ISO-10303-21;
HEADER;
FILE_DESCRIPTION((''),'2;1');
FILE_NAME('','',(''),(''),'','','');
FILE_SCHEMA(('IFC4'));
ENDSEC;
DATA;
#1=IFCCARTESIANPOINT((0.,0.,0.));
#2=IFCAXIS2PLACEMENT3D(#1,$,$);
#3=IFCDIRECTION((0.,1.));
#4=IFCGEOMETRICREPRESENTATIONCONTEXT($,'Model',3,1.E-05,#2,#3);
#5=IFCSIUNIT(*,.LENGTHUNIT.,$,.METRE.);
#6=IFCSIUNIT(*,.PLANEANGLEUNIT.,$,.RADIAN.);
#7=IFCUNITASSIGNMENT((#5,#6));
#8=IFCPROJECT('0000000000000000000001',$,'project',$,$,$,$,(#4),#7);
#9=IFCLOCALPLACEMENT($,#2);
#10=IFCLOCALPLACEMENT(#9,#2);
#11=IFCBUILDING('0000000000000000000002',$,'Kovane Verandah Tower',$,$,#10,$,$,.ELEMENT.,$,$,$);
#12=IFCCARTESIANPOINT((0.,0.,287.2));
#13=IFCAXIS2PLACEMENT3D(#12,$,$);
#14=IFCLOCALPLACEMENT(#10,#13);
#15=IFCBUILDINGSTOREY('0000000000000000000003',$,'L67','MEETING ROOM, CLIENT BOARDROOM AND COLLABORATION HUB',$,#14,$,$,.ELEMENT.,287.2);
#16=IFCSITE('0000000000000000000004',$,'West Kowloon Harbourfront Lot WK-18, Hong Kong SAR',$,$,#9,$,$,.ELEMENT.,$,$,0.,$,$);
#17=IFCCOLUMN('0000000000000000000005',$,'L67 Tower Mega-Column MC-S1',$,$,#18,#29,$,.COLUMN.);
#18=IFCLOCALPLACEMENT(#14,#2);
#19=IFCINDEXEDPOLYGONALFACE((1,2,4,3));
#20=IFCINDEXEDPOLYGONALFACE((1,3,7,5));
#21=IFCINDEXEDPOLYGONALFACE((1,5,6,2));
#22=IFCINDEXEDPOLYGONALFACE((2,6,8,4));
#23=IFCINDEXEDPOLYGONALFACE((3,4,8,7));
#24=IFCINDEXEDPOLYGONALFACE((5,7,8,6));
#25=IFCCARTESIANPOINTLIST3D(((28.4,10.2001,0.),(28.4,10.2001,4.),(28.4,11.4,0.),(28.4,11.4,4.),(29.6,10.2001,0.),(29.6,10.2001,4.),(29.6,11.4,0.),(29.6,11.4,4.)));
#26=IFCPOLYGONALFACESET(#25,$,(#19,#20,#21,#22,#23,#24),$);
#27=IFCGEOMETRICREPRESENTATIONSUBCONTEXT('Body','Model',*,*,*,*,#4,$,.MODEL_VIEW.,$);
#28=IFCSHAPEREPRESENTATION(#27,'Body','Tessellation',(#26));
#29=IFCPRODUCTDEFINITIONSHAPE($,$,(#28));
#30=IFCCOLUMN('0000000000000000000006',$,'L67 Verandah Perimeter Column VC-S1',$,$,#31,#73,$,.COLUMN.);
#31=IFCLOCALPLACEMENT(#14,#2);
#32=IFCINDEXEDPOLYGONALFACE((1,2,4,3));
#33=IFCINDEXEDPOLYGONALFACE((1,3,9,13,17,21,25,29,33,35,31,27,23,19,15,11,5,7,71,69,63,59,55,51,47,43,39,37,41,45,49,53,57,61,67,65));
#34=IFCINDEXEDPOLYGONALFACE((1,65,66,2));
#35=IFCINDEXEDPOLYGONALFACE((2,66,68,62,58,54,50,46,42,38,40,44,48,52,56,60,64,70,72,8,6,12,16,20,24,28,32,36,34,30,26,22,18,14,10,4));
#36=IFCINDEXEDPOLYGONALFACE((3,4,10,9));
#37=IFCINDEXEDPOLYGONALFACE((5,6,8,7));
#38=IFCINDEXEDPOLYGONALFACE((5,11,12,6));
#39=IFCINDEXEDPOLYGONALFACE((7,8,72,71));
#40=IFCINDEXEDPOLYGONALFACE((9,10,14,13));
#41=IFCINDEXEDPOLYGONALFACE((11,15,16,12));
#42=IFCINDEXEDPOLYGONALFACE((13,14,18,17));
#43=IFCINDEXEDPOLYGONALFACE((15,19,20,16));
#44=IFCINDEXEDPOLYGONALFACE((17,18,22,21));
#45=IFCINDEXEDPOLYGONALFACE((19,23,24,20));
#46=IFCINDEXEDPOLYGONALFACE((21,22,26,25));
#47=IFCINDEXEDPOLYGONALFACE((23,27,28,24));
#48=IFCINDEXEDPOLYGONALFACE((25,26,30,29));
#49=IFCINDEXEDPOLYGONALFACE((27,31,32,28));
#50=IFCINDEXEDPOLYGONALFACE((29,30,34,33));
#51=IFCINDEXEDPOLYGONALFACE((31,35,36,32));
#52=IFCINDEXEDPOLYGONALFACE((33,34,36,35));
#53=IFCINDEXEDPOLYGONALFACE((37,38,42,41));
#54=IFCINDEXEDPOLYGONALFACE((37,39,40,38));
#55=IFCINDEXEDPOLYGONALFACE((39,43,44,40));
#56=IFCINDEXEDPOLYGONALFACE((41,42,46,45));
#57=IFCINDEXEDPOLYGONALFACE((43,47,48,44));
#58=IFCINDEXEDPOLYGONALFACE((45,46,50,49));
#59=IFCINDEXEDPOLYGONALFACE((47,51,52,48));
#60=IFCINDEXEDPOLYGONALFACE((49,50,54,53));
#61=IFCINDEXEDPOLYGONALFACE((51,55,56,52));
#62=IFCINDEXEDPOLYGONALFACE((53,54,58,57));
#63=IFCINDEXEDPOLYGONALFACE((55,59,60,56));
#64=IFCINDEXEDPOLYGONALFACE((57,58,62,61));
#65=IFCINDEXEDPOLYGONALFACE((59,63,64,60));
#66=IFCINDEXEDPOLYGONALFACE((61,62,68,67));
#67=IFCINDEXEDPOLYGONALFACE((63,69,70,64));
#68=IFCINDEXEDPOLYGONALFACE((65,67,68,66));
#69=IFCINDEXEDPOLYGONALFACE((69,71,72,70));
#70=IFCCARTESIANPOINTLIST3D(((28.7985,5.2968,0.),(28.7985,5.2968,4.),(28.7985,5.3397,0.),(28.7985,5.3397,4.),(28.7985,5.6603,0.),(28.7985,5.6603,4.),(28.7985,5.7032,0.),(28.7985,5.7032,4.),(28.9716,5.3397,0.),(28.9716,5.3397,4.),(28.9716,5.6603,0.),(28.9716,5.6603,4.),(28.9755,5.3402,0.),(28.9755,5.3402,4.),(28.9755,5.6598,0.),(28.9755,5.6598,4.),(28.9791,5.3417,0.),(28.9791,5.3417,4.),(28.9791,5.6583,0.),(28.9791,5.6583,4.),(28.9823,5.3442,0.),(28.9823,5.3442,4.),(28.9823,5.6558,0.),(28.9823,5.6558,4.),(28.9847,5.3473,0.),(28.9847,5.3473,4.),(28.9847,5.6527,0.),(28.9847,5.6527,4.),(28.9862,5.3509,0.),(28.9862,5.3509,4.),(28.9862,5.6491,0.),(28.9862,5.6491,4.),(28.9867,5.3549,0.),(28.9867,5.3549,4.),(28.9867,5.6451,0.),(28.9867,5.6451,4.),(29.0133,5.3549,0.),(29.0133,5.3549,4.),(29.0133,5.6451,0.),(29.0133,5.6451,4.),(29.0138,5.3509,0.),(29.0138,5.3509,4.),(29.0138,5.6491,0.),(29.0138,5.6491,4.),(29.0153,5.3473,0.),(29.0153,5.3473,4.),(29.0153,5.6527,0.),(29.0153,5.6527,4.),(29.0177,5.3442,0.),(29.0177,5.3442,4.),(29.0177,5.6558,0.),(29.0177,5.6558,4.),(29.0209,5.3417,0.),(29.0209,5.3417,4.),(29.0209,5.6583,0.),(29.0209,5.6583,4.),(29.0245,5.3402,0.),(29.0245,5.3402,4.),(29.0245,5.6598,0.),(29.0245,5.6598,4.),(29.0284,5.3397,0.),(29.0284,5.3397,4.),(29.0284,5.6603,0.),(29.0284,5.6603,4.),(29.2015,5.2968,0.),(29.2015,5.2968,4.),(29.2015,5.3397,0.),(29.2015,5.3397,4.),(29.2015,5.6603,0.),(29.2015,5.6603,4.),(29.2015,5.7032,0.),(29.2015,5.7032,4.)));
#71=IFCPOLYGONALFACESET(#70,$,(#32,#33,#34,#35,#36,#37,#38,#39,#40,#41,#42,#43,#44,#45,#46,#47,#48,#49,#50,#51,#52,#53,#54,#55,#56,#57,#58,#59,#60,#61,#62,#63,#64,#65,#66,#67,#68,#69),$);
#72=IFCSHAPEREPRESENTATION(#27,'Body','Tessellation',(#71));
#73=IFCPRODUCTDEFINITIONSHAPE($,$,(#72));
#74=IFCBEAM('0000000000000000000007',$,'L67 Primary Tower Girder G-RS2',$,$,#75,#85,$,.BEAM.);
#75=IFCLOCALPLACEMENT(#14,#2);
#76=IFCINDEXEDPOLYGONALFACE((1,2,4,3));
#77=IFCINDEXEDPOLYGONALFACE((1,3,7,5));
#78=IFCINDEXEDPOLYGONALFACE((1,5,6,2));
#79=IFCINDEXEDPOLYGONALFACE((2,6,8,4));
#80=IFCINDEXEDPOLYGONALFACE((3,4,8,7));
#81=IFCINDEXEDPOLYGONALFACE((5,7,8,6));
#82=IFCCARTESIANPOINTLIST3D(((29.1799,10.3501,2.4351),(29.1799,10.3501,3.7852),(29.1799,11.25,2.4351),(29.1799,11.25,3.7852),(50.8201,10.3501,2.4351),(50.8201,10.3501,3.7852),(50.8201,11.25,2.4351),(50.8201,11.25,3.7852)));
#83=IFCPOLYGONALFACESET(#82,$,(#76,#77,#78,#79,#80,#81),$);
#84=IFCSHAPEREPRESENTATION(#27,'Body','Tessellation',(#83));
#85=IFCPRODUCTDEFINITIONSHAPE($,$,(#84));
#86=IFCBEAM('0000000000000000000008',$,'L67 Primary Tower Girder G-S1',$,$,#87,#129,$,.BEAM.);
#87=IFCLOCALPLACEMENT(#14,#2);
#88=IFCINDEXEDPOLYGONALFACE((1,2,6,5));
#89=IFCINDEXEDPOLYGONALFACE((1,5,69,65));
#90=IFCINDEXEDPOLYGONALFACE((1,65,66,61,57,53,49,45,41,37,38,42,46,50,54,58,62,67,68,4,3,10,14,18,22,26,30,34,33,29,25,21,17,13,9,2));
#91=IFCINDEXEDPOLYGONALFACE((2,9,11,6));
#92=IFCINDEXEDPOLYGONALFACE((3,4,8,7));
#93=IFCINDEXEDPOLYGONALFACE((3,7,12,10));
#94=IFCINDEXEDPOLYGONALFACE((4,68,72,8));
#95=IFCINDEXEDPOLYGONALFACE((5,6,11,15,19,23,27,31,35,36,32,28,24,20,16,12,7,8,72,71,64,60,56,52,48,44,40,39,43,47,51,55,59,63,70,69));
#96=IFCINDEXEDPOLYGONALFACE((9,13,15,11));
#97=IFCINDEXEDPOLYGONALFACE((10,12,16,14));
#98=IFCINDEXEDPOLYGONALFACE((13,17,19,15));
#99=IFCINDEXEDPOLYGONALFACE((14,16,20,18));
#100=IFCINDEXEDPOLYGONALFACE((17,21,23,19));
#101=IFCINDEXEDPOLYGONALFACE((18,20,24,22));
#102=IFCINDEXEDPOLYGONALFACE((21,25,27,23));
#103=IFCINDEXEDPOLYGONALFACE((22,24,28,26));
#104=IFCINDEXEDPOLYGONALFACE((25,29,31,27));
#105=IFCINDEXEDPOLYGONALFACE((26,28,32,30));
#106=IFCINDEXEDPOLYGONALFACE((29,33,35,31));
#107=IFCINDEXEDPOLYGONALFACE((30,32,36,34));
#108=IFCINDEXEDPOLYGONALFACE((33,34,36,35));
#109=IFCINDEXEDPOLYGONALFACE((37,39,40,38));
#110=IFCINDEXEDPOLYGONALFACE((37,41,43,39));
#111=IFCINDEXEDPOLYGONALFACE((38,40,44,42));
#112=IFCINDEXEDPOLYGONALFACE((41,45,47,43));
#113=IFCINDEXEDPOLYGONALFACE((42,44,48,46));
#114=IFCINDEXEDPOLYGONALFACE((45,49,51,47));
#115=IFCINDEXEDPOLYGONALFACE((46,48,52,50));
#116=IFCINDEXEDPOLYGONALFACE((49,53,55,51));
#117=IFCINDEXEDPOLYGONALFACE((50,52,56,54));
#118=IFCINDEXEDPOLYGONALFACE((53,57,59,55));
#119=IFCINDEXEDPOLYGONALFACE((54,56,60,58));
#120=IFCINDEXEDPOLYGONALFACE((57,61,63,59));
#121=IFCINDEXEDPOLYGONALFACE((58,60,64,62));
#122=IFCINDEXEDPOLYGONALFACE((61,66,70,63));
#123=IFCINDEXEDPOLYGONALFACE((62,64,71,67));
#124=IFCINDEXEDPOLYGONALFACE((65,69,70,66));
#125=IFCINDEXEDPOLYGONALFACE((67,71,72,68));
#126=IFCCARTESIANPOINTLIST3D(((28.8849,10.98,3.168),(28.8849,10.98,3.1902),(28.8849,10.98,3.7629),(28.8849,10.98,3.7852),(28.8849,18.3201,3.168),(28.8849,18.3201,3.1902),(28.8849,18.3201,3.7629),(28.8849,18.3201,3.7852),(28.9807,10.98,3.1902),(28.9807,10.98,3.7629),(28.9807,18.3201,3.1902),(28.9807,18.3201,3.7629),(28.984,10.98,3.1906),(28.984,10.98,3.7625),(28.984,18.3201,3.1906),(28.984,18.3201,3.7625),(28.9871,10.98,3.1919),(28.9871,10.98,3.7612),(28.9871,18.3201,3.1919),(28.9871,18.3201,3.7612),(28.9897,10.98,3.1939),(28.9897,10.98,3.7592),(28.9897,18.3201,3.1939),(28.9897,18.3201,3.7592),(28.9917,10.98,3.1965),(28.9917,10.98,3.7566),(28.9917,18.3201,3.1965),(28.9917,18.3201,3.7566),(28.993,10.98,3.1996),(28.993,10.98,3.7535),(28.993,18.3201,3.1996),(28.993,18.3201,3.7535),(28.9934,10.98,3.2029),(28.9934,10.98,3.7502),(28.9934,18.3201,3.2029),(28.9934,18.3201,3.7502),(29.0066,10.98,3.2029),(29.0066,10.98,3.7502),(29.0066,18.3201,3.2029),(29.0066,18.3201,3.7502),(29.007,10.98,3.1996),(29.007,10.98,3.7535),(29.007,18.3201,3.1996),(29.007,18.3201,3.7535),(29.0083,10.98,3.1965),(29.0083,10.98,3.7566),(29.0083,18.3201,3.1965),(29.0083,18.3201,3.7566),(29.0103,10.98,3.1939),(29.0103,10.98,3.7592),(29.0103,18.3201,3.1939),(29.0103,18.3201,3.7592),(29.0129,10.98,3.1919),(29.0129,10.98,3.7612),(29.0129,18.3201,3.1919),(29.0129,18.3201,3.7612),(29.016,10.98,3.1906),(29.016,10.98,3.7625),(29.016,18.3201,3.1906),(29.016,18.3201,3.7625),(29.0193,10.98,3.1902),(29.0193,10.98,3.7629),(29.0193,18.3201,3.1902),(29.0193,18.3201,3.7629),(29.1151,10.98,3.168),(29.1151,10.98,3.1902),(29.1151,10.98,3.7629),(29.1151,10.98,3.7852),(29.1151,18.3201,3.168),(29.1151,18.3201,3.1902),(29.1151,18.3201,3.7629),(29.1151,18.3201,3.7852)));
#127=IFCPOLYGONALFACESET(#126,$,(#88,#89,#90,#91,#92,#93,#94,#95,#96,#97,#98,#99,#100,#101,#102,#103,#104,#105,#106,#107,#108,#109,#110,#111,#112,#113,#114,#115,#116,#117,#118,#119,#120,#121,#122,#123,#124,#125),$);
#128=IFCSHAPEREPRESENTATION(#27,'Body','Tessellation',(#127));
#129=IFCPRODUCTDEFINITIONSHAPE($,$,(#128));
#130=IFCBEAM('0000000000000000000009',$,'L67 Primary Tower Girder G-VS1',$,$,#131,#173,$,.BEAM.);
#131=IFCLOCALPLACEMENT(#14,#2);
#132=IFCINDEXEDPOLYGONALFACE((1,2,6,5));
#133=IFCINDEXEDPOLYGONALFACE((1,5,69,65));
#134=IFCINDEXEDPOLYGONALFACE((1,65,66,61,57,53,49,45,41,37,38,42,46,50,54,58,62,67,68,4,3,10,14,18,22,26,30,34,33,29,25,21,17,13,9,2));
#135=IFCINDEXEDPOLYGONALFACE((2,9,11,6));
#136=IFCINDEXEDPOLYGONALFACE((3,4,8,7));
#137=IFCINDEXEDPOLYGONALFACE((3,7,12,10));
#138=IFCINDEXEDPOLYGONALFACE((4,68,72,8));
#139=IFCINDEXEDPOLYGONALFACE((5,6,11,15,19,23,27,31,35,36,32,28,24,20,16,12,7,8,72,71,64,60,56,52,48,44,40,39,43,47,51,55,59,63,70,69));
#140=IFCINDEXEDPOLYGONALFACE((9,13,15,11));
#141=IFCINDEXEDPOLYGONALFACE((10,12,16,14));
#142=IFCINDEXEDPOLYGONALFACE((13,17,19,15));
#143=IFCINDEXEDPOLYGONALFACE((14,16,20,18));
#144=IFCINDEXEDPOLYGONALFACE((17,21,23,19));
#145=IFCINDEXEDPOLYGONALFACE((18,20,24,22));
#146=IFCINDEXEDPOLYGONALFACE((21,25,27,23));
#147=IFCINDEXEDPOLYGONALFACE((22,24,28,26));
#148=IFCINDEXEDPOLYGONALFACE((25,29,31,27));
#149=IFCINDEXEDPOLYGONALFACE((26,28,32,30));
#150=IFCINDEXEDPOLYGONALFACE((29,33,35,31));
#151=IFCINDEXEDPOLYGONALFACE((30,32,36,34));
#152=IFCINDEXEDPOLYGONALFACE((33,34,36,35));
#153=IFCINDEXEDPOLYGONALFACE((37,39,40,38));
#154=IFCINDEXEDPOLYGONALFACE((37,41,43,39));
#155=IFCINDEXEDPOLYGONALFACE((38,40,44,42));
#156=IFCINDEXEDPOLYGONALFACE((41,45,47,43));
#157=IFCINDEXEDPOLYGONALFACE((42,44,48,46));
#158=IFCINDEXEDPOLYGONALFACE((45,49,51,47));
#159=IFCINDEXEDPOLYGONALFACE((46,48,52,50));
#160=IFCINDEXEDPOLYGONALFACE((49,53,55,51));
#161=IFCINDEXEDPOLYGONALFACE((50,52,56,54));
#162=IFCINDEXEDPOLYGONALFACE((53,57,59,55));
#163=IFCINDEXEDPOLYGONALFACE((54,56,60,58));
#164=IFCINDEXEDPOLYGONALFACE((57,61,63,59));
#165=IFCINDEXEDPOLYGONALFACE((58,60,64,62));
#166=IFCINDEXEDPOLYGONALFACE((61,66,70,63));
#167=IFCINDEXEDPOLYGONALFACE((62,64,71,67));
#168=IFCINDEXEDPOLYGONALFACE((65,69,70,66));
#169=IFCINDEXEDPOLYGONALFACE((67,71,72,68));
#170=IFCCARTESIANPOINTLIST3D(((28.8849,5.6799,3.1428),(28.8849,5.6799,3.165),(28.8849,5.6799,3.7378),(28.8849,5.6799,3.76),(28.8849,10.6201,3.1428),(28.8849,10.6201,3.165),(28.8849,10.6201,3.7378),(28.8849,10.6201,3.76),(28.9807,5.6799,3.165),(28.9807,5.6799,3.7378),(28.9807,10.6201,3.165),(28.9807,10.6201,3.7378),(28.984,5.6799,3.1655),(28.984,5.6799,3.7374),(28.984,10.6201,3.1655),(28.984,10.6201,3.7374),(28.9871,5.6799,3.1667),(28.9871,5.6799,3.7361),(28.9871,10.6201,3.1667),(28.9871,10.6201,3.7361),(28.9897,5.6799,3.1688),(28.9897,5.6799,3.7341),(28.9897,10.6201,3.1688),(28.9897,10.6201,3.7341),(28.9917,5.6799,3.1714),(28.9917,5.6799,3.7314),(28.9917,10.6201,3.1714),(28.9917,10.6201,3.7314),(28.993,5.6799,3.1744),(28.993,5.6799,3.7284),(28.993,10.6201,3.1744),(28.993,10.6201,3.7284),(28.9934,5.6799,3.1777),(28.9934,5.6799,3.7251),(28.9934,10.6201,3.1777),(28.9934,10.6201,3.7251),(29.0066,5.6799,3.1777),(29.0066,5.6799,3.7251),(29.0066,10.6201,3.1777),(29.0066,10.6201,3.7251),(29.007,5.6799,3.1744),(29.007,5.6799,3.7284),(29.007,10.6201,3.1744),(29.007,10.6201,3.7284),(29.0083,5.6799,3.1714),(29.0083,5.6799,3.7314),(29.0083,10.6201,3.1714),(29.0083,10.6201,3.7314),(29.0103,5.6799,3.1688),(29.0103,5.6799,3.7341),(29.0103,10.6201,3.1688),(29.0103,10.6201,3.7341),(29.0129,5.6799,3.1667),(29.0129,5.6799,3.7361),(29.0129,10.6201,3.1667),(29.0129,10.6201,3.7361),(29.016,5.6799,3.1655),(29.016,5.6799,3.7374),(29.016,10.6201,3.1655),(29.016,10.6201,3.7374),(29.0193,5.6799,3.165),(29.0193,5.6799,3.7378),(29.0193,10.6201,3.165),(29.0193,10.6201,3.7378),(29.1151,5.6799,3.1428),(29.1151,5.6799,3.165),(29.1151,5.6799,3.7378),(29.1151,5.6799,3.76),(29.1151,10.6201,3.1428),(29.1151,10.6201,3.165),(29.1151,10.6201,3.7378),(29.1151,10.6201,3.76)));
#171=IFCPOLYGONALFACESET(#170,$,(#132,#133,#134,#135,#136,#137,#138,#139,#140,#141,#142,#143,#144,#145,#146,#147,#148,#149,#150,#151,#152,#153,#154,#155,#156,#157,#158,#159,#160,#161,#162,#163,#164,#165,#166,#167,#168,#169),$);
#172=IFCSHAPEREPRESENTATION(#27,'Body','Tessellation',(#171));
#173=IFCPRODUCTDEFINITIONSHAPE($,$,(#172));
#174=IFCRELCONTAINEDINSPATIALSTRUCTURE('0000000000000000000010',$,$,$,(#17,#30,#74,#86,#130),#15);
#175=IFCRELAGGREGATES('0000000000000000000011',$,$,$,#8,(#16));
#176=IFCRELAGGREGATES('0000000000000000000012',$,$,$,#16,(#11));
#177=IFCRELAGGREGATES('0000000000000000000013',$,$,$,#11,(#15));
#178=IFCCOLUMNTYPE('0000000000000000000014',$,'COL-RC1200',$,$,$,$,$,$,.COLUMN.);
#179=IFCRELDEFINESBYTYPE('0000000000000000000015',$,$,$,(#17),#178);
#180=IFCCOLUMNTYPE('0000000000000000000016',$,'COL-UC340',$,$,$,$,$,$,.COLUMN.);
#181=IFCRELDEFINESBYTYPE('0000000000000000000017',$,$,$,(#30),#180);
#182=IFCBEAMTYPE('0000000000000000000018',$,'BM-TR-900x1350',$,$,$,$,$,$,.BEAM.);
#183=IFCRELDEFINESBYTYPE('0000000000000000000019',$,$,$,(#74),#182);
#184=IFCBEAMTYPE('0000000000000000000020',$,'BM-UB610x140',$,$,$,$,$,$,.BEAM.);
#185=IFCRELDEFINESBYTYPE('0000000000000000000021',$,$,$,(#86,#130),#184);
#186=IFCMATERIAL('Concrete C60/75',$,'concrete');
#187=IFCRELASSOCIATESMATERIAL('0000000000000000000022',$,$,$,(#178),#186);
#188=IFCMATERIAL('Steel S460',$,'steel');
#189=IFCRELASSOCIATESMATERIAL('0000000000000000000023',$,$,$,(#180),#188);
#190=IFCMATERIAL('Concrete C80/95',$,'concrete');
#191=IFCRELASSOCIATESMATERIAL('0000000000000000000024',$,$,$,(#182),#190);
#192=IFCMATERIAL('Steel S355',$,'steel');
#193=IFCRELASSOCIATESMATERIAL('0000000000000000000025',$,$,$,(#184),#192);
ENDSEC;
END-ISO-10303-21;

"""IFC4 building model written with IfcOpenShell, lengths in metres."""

from ifc_helpers import new_model, si_unit, direction, frame, origin, origin_2d, place, context, subcontext, project, spatial, rectangle, i_section, extrude, material, material_profile, profile_set, type_object, element, save


model = new_model("IFC4")

# Units and contexts
model_context = context("Model", 3, precision=1e-05, world=origin(), true_north=direction((0.0, 1.0)))
body_context = subcontext(model_context, "Body", "Model", "MODEL_VIEW")
ifc_project = project(units=[si_unit("LENGTHUNIT", "METRE"), si_unit("PLANEANGLEUNIT", "RADIAN")], contexts=[model_context])

# Site, building, storey
site_placement = place(None, origin())
site = spatial("IfcSite", under=ifc_project, at=site_placement, Name="West Kowloon Harbourfront Lot WK-18, Hong Kong SAR", CompositionType="ELEMENT", RefElevation=0.0)
building_placement = place(site_placement, origin())
building = spatial("IfcBuilding", under=site, at=building_placement, Name="Kovane Verandah Tower", CompositionType="ELEMENT")
storey_placement = place(building_placement, frame((0.0, 0.0, 287.2)))
storey = spatial("IfcBuildingStorey", under=building, at=storey_placement, Name="L67", Description="MEETING ROOM, CLIENT BOARDROOM AND COLLABORATION HUB", CompositionType="ELEMENT", Elevation=287.2)

# Columns
ifc_material_1 = material(Name="Concrete C60/75", Category="concrete")
ifc_material_profile_1 = material_profile(ifc_material_1, rectangle(XDim=1.2, YDim=1.2, at=origin_2d()), Name="RC1200x1200")
ifc_profile_set_1 = profile_set([ifc_material_profile_1], Name="Concrete C60/75")
column_type_1 = type_object("IfcColumnType", Name="COL-RC1200", PredefinedType="COLUMN", material=ifc_profile_set_1)
column_1_placement = place(storey_placement, frame((29.0, 10.8, 0.0), z_axis=(0.0, 0.0, 1.0), x_axis=(1.0, 0.0, 0.0)))
element("IfcColumn", 1, at=column_1_placement, inside=storey, type_object=column_type_1, Name="L67 Tower Mega-Column MC-S1", PredefinedType="COLUMN", context=body_context, shape_type="SweptSolid", body=[
    extrude(rectangle(XDim=1.2, YDim=1.2, at=origin_2d()), origin(), (0.0, 0.0, 1.0), 4.0),
])
ifc_material_2 = material(Name="Steel S460", Category="steel")
ifc_material_profile_2 = material_profile(ifc_material_2, i_section(OverallWidth=0.4031, OverallDepth=0.4065, WebThickness=0.0266, FlangeThickness=0.043, FilletRadius=0.0151, at=origin_2d()), Name="UC356x406x340")
ifc_profile_set_2 = profile_set([ifc_material_profile_2], Name="Steel S460")
column_type_2 = type_object("IfcColumnType", Name="COL-UC340", PredefinedType="COLUMN", material=ifc_profile_set_2)
column_2_placement = place(storey_placement, frame((29.0, 5.5, 0.0), z_axis=(0.0, 0.0, 1.0), x_axis=(1.0, 0.0, 0.0)))
element("IfcColumn", 2, at=column_2_placement, inside=storey, type_object=column_type_2, Name="L67 Verandah Perimeter Column VC-S1", PredefinedType="COLUMN", context=body_context, shape_type="SweptSolid", body=[
    extrude(i_section(OverallWidth=0.4031, OverallDepth=0.4065, WebThickness=0.0266, FlangeThickness=0.043, FilletRadius=0.0151, at=origin_2d()), origin(), (0.0, 0.0, 1.0), 4.0),
])

# Beams
ifc_material_3 = material(Name="Concrete C80/95", Category="concrete")
ifc_material_profile_3 = material_profile(ifc_material_3, rectangle(XDim=0.8999, YDim=1.3501, at=origin_2d()), Name="RCB900x1350")
ifc_profile_set_3 = profile_set([ifc_material_profile_3], Name="Concrete C80/95")
beam_type_1 = type_object("IfcBeamType", Name="BM-TR-900x1350", PredefinedType="BEAM", material=ifc_profile_set_3)
beam_1_placement = place(storey_placement, frame((29.1799, 10.8, 3.1101), z_axis=(1.0, 0.0, 0.0), x_axis=(0.0, 1.0, 0.0)))
element("IfcBeam", 3, at=beam_1_placement, inside=storey, type_object=beam_type_1, Name="L67 Primary Tower Girder G-RS2", PredefinedType="BEAM", context=body_context, shape_type="SweptSolid", body=[
    extrude(rectangle(XDim=0.8999, YDim=1.3501, at=origin_2d()), origin(), (0.0, 0.0, 1.0), 21.6401),
])
ifc_material_4 = material(Name="Steel S355", Category="steel")
ifc_material_profile_4 = material_profile(ifc_material_4, i_section(OverallWidth=0.2302, OverallDepth=0.6172, WebThickness=0.0132, FlangeThickness=0.0222, FilletRadius=0.0127, at=origin_2d()), Name="UB610x229x140")
ifc_profile_set_4 = profile_set([ifc_material_profile_4], Name="Steel S355")
beam_type_2 = type_object("IfcBeamType", Name="BM-UB610x140", PredefinedType="BEAM", material=ifc_profile_set_4)
beam_2_placement = place(storey_placement, frame((29.0, 18.3201, 3.4766), z_axis=(0.0, -1.0, 0.0), x_axis=(1.0, 0.0, 0.0)))
element("IfcBeam", 4, at=beam_2_placement, inside=storey, type_object=beam_type_2, Name="L67 Primary Tower Girder G-S1", PredefinedType="BEAM", context=body_context, shape_type="SweptSolid", body=[
    extrude(i_section(OverallWidth=0.2302, OverallDepth=0.6172, WebThickness=0.0132, FlangeThickness=0.0222, FilletRadius=0.0127, at=origin_2d()), origin(), (0.0, 0.0, 1.0), 7.3401),
])
beam_3_placement = place(storey_placement, frame((29.0, 10.6201, 3.4514), z_axis=(0.0, -1.0, 0.0), x_axis=(1.0, 0.0, 0.0)))
element("IfcBeam", 5, at=beam_3_placement, inside=storey, type_object=beam_type_2, Name="L67 Primary Tower Girder G-VS1", PredefinedType="BEAM", context=body_context, shape_type="SweptSolid", body=[
    extrude(i_section(OverallWidth=0.2302, OverallDepth=0.6172, WebThickness=0.0132, FlangeThickness=0.0222, FilletRadius=0.0127, at=origin_2d()), origin(), (0.0, 0.0, 1.0), 4.9402),
])

save(model, "model.ifc")
